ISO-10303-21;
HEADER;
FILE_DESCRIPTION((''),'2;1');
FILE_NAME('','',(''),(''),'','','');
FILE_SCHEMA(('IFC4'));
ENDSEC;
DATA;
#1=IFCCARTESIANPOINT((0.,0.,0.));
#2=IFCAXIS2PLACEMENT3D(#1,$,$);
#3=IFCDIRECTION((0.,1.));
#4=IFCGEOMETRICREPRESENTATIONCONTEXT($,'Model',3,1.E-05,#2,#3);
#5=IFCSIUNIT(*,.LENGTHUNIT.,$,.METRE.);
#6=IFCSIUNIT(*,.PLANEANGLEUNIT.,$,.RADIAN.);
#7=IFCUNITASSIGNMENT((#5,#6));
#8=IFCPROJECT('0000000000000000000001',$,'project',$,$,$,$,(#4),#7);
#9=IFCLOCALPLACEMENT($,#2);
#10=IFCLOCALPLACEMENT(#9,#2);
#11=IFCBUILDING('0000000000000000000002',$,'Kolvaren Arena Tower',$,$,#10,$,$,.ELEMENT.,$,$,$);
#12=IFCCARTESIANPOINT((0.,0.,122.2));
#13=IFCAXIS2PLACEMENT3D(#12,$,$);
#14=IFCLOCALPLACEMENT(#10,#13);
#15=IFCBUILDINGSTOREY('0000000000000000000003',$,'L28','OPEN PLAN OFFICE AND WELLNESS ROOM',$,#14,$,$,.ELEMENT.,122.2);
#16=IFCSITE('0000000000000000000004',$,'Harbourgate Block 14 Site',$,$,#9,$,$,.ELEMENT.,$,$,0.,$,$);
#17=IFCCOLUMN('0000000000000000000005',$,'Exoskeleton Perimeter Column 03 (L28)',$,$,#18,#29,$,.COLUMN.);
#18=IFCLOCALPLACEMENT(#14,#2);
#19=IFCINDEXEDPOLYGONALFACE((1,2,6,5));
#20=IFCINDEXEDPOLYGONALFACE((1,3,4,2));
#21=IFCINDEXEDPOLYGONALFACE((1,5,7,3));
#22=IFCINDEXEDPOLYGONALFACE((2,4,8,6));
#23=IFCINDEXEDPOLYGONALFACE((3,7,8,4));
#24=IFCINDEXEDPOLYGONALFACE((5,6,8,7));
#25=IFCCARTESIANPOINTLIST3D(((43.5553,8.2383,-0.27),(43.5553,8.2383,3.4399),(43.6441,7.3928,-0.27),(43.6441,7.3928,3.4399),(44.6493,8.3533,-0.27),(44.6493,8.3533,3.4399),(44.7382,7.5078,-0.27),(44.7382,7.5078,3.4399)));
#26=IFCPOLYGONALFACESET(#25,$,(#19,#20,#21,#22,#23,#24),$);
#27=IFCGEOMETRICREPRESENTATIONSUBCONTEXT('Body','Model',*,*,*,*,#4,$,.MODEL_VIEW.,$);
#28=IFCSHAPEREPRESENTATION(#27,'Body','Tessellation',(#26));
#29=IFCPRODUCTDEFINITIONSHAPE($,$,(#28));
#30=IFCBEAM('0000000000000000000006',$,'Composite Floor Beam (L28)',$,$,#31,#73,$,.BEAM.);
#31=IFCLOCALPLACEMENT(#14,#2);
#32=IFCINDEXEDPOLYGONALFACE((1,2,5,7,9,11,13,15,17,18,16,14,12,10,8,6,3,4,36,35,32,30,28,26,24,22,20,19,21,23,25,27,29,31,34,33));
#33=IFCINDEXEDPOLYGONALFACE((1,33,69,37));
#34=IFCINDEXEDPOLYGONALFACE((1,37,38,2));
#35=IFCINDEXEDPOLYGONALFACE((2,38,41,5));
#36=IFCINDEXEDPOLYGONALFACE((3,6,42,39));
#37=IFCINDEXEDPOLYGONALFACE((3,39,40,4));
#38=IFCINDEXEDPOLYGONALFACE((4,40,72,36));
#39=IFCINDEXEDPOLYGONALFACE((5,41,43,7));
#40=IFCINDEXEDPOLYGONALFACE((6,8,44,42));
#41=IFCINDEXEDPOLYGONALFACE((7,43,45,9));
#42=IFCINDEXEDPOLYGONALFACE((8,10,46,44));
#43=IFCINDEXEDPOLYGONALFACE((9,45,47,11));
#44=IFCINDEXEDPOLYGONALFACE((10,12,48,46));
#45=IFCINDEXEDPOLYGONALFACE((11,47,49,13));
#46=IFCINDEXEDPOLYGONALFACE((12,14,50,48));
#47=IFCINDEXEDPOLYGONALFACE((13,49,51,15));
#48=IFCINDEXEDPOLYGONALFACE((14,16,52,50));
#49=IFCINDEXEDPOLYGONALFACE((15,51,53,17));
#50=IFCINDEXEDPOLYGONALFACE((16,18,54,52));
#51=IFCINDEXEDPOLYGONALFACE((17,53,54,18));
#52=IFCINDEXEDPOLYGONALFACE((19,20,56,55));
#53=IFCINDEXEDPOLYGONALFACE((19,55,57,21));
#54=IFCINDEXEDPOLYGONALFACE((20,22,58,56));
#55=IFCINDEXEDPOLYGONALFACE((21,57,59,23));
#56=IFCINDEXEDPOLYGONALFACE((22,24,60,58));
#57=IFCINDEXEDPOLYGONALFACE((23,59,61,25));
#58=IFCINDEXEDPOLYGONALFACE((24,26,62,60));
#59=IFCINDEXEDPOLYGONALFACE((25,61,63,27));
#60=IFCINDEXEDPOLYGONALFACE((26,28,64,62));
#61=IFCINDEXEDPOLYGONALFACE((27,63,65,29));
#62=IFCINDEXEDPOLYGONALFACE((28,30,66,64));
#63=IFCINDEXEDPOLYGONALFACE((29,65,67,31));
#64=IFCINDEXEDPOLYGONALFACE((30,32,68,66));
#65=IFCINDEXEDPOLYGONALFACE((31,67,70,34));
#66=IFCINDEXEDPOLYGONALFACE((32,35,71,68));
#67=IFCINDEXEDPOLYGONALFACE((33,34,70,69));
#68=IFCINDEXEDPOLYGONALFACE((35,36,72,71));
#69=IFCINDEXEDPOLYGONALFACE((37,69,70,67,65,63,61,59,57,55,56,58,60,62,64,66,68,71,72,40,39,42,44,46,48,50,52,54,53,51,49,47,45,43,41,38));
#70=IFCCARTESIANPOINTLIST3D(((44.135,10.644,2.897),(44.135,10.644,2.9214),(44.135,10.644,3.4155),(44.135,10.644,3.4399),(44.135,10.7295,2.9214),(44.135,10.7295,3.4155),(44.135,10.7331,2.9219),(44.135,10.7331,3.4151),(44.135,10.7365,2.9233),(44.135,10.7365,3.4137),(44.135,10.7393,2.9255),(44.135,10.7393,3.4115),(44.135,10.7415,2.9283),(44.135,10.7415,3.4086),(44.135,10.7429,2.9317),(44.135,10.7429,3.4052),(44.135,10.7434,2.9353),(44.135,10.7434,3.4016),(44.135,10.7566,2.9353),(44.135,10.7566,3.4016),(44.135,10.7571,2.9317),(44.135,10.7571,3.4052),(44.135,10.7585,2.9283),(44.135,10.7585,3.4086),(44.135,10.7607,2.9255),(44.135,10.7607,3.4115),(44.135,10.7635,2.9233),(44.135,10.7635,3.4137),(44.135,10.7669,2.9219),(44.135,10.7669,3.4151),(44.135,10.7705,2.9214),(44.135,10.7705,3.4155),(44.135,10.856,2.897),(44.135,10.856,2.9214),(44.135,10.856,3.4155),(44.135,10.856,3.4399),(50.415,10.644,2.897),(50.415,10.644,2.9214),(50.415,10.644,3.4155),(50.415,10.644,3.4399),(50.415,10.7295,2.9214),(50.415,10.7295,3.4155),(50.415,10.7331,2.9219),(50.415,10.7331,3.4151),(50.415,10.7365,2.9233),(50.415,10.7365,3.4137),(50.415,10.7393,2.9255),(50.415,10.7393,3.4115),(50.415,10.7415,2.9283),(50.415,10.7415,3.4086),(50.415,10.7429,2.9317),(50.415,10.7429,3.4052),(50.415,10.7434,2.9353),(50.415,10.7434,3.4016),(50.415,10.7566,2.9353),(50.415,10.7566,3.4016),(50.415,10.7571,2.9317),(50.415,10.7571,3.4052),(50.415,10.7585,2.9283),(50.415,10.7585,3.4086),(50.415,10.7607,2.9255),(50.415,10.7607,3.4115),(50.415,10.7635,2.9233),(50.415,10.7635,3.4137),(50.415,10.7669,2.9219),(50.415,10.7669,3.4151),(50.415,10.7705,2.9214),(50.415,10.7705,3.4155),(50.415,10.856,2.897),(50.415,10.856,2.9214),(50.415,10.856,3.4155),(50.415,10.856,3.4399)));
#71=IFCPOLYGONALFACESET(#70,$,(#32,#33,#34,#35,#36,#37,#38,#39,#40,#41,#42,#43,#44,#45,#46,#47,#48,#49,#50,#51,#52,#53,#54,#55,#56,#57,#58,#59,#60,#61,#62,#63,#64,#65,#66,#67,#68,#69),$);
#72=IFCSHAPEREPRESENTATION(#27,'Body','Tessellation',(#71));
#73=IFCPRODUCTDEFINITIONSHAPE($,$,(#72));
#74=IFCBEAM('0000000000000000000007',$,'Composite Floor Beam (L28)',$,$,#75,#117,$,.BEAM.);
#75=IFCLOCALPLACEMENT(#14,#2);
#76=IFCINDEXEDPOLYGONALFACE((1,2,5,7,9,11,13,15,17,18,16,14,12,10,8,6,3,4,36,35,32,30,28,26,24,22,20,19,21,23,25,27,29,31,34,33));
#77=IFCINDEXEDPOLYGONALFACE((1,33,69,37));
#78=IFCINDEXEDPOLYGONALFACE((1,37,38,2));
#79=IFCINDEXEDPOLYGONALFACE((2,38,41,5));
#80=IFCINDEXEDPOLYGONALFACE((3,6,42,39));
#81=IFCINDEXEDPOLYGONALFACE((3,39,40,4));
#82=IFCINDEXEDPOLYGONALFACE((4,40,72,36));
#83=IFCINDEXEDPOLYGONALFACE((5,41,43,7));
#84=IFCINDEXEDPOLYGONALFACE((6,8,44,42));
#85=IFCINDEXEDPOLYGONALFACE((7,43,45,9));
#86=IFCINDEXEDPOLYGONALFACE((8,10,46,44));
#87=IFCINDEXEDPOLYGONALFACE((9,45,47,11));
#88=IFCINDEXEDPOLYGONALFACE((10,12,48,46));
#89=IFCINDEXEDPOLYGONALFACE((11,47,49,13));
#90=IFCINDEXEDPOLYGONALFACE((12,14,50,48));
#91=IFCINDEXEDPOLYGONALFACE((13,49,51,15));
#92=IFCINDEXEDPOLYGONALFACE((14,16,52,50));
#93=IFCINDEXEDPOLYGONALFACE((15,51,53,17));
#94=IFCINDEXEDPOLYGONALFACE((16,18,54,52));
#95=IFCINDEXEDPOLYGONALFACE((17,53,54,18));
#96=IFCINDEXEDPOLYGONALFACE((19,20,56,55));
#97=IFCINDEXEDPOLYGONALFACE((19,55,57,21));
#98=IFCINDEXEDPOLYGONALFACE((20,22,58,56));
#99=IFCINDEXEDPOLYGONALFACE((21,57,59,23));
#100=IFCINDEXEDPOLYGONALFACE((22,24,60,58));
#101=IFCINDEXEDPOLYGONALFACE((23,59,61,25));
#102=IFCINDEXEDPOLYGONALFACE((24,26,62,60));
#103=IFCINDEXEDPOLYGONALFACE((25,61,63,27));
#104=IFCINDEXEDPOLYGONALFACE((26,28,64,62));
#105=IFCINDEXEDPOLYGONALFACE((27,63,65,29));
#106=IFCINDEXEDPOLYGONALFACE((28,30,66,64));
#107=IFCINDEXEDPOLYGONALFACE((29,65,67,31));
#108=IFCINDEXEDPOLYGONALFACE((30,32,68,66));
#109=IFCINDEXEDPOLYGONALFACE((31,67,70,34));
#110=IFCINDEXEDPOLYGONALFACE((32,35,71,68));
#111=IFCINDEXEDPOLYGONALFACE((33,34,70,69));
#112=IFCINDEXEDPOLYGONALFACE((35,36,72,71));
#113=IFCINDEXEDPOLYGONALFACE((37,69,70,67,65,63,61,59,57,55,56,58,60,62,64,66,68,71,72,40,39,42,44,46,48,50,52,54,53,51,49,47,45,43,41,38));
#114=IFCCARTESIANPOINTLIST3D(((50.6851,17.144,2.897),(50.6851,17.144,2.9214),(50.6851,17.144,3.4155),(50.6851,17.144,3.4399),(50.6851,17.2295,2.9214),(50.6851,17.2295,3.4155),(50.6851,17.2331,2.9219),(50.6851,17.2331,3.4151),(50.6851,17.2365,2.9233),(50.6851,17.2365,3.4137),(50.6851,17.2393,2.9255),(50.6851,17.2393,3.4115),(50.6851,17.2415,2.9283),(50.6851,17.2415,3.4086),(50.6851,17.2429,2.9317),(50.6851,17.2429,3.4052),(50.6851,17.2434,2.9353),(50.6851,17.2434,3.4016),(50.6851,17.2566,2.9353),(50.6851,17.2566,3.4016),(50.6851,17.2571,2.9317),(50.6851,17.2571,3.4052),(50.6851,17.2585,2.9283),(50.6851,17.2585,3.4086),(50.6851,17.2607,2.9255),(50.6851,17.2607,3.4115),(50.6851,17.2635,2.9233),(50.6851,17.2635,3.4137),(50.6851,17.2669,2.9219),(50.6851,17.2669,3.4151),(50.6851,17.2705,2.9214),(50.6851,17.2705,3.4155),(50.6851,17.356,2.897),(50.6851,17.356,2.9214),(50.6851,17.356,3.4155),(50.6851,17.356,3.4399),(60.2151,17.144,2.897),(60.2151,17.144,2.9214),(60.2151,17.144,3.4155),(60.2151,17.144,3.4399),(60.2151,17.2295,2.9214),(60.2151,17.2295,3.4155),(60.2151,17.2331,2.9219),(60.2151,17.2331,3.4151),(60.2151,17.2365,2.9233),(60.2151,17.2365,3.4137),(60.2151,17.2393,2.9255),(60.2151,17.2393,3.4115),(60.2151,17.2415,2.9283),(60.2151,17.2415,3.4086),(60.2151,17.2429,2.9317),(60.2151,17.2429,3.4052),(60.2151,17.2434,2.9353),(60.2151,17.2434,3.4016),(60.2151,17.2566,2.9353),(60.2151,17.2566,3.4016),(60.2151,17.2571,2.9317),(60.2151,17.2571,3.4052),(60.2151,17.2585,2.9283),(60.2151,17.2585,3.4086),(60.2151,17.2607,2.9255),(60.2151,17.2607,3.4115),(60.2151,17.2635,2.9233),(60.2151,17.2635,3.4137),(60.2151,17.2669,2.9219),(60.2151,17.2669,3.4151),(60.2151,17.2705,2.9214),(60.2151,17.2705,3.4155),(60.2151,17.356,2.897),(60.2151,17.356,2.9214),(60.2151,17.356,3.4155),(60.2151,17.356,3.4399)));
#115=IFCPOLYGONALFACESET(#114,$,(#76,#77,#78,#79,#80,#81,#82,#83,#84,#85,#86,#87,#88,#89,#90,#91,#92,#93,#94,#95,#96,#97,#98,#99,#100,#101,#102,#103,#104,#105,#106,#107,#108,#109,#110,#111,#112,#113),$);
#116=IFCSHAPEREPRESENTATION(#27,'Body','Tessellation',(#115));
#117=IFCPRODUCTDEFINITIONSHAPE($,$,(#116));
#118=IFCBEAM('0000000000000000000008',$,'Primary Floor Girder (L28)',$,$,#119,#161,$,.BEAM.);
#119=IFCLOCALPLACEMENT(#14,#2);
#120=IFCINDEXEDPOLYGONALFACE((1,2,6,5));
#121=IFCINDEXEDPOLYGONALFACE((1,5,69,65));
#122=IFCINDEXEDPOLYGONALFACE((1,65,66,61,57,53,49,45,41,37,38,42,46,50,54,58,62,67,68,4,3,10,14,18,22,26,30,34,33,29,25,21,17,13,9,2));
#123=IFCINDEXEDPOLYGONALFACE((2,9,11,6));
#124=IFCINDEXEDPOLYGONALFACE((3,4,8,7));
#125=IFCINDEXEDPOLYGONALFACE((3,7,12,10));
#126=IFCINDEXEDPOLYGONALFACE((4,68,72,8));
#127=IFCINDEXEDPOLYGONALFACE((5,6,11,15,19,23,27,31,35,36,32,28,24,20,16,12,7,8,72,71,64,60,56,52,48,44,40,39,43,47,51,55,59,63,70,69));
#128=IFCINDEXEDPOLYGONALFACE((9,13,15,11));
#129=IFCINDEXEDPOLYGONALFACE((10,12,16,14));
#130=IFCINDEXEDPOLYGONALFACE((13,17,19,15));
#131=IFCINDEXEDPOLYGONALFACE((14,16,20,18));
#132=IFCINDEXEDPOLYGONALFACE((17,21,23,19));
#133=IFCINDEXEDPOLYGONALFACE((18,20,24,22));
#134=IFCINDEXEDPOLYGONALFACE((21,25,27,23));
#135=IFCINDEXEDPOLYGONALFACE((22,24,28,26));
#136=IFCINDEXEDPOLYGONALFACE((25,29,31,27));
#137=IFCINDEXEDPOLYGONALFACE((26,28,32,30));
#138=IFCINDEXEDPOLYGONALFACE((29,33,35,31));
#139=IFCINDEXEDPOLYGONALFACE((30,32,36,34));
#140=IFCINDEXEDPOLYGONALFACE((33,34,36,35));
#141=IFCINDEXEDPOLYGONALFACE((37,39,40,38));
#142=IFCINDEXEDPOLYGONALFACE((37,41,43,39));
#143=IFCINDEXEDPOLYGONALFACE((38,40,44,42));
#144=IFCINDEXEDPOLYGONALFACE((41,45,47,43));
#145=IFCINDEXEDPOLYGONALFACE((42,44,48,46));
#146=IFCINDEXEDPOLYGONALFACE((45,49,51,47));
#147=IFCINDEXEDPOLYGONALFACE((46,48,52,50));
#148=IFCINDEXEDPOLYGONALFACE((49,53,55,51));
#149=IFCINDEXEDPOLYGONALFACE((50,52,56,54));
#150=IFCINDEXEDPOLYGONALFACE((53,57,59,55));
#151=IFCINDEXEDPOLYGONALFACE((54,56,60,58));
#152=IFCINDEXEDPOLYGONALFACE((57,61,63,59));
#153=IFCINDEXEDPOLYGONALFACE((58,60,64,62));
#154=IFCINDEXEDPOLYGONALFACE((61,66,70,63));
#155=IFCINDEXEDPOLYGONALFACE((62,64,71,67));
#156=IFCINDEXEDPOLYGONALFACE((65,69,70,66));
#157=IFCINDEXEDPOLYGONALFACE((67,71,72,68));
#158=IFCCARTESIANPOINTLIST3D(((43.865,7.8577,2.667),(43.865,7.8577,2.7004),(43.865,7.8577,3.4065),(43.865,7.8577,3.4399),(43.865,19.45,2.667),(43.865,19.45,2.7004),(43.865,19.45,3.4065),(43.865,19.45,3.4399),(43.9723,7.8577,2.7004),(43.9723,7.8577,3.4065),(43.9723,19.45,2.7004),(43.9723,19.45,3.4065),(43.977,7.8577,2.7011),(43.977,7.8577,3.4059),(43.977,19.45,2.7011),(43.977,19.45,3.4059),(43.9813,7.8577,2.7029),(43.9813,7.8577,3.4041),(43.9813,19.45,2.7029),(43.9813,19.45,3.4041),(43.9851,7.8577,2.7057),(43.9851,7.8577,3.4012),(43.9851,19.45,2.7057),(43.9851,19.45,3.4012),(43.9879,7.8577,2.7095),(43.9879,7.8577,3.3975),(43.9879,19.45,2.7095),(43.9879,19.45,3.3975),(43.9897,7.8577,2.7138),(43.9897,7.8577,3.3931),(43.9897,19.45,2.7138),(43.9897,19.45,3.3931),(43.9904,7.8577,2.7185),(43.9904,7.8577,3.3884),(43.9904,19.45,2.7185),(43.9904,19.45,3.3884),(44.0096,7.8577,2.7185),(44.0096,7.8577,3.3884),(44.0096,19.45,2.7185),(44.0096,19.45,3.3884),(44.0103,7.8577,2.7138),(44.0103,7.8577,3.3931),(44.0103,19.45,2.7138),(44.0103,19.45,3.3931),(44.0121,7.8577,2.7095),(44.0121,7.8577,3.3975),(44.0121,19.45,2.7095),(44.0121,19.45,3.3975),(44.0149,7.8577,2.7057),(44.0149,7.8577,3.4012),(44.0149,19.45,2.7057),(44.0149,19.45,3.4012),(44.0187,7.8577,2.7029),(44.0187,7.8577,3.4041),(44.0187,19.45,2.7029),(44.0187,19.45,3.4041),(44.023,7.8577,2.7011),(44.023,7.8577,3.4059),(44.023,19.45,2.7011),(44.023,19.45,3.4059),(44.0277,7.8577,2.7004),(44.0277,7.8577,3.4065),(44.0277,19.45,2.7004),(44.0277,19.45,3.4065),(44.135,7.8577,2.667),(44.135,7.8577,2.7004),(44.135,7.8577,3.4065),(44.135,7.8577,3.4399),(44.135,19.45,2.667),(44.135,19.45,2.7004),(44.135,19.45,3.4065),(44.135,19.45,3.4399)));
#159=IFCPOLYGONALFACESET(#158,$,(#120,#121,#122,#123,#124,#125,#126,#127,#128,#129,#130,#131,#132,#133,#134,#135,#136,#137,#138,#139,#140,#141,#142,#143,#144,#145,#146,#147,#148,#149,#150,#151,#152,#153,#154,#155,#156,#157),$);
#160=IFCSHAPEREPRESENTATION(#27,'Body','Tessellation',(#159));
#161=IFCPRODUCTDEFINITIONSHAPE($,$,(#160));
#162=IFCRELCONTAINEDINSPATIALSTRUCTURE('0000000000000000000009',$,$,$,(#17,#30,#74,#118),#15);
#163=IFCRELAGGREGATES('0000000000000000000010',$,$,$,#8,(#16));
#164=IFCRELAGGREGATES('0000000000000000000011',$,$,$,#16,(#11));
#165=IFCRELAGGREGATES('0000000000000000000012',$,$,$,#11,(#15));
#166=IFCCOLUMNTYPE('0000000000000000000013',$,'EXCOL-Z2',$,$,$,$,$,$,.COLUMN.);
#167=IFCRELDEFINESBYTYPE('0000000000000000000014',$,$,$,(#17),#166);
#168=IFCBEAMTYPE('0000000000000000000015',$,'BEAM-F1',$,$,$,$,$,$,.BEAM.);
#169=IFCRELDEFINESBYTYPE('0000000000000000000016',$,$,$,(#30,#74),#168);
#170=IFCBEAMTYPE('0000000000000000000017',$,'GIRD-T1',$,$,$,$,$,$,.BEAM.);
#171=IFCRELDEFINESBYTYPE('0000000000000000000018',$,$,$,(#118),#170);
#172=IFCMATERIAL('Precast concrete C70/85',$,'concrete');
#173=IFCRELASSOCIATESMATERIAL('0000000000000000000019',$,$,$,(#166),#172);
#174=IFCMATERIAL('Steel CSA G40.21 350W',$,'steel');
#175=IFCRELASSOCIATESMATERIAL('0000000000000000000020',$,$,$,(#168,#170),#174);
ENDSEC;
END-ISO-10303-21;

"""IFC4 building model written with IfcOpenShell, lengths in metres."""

from ifc_helpers import new_model, si_unit, direction, frame, origin, origin_2d, place, context, subcontext, project, spatial, rectangle, i_section, extrude, material, material_profile, profile_set, type_object, element, save


model = new_model("IFC4")

# Units and contexts
model_context = context("Model", 3, precision=1e-05, world=origin(), true_north=direction((0.0, 1.0)))
body_context = subcontext(model_context, "Body", "Model", "MODEL_VIEW")
ifc_project = project(units=[si_unit("LENGTHUNIT", "METRE"), si_unit("PLANEANGLEUNIT", "RADIAN")], contexts=[model_context])

# Site, building, storey
site_placement = place(None, origin())
site = spatial("IfcSite", under=ifc_project, at=site_placement, Name="Harbourgate Block 14 Site", CompositionType="ELEMENT", RefElevation=0.0)
building_placement = place(site_placement, origin())
building = spatial("IfcBuilding", under=site, at=building_placement, Name="Kolvaren Arena Tower", CompositionType="ELEMENT")
storey_placement = place(building_placement, frame((0.0, 0.0, 122.2)))
storey = spatial("IfcBuildingStorey", under=building, at=storey_placement, Name="L28", Description="OPEN PLAN OFFICE AND WELLNESS ROOM", CompositionType="ELEMENT", Elevation=122.2)

# Column
ifc_material_1 = material(Name="Precast concrete C70/85", Category="concrete")
ifc_material_profile_1 = material_profile(ifc_material_1, rectangle(XDim=1.1001, YDim=0.8501, at=origin_2d()), Name="RC-1100x850")
ifc_profile_set_1 = profile_set([ifc_material_profile_1], Name="Precast concrete C70/85")
column_type = type_object("IfcColumnType", Name="EXCOL-Z2", PredefinedType="COLUMN", material=ifc_profile_set_1)
column_placement = place(storey_placement, frame((44.1467, 7.873, -0.27), z_axis=(0.0, 0.0, 1.0), x_axis=(0.994522, 0.104528, 0.0)))
element("IfcColumn", 1, at=column_placement, inside=storey, type_object=column_type, Name="Exoskeleton Perimeter Column 03 (L28)", PredefinedType="COLUMN", context=body_context, shape_type="SweptSolid", body=[
    extrude(rectangle(XDim=1.1001, YDim=0.8501, at=origin_2d()), origin(), (0.0, 0.0, 1.0), 3.71),
])

# Beams
ifc_material_2 = material(Name="Steel CSA G40.21 350W", Category="steel")
ifc_material_profile_2 = material_profile(ifc_material_2, i_section(OverallWidth=0.2119, OverallDepth=0.543, WebThickness=0.0132, FlangeThickness=0.0244, FilletRadius=0.0139, at=origin_2d()), Name="W530x150")
ifc_profile_set_2 = profile_set([ifc_material_profile_2], Name="Steel CSA G40.21 350W")
beam_type_1 = type_object("IfcBeamType", Name="BEAM-F1", PredefinedType="BEAM", material=ifc_profile_set_2)
beam_1_placement = place(storey_placement, frame((44.135, 10.75, 3.1685), z_axis=(1.0, 0.0, 0.0), x_axis=(0.0, 1.0, 0.0)))
element("IfcBeam", 2, at=beam_1_placement, inside=storey, type_object=beam_type_1, Name="Composite Floor Beam (L28)", PredefinedType="BEAM", context=body_context, shape_type="SweptSolid", body=[
    extrude(i_section(OverallWidth=0.2119, OverallDepth=0.543, WebThickness=0.0132, FlangeThickness=0.0244, FilletRadius=0.0139, at=origin_2d()), origin(), (0.0, 0.0, 1.0), 6.28),
])
beam_2_placement = place(storey_placement, frame((50.6851, 17.25, 3.1685), z_axis=(1.0, 0.0, 0.0), x_axis=(0.0, 1.0, 0.0)))
element("IfcBeam", 3, at=beam_2_placement, inside=storey, type_object=beam_type_1, Name="Composite Floor Beam (L28)", PredefinedType="BEAM", context=body_context, shape_type="SweptSolid", body=[
    extrude(i_section(OverallWidth=0.2119, OverallDepth=0.543, WebThickness=0.0132, FlangeThickness=0.0244, FilletRadius=0.0139, at=origin_2d()), origin(), (0.0, 0.0, 1.0), 9.53),
])
ifc_material_profile_3 = material_profile(ifc_material_2, i_section(OverallWidth=0.27, OverallDepth=0.7729, WebThickness=0.0193, FlangeThickness=0.0334, FilletRadius=0.0181, at=origin_2d()), Name="W760x257")
ifc_profile_set_3 = profile_set([ifc_material_profile_3], Name="Steel CSA G40.21 350W")
beam_type_2 = type_object("IfcBeamType", Name="GIRD-T1", PredefinedType="BEAM", material=ifc_profile_set_3)
beam_3_placement = place(storey_placement, frame((44.0, 7.8577, 3.0535), z_axis=(0.0, 1.0, 0.0), x_axis=(-1.0, 0.0, 0.0)))
element("IfcBeam", 4, at=beam_3_placement, inside=storey, type_object=beam_type_2, Name="Primary Floor Girder (L28)", PredefinedType="BEAM", context=body_context, shape_type="SweptSolid", body=[
    extrude(i_section(OverallWidth=0.27, OverallDepth=0.7729, WebThickness=0.0193, FlangeThickness=0.0334, FilletRadius=0.0181, at=origin_2d()), origin(), (0.0, 0.0, 1.0), 11.5923),
])

save(model, "model.ifc")
